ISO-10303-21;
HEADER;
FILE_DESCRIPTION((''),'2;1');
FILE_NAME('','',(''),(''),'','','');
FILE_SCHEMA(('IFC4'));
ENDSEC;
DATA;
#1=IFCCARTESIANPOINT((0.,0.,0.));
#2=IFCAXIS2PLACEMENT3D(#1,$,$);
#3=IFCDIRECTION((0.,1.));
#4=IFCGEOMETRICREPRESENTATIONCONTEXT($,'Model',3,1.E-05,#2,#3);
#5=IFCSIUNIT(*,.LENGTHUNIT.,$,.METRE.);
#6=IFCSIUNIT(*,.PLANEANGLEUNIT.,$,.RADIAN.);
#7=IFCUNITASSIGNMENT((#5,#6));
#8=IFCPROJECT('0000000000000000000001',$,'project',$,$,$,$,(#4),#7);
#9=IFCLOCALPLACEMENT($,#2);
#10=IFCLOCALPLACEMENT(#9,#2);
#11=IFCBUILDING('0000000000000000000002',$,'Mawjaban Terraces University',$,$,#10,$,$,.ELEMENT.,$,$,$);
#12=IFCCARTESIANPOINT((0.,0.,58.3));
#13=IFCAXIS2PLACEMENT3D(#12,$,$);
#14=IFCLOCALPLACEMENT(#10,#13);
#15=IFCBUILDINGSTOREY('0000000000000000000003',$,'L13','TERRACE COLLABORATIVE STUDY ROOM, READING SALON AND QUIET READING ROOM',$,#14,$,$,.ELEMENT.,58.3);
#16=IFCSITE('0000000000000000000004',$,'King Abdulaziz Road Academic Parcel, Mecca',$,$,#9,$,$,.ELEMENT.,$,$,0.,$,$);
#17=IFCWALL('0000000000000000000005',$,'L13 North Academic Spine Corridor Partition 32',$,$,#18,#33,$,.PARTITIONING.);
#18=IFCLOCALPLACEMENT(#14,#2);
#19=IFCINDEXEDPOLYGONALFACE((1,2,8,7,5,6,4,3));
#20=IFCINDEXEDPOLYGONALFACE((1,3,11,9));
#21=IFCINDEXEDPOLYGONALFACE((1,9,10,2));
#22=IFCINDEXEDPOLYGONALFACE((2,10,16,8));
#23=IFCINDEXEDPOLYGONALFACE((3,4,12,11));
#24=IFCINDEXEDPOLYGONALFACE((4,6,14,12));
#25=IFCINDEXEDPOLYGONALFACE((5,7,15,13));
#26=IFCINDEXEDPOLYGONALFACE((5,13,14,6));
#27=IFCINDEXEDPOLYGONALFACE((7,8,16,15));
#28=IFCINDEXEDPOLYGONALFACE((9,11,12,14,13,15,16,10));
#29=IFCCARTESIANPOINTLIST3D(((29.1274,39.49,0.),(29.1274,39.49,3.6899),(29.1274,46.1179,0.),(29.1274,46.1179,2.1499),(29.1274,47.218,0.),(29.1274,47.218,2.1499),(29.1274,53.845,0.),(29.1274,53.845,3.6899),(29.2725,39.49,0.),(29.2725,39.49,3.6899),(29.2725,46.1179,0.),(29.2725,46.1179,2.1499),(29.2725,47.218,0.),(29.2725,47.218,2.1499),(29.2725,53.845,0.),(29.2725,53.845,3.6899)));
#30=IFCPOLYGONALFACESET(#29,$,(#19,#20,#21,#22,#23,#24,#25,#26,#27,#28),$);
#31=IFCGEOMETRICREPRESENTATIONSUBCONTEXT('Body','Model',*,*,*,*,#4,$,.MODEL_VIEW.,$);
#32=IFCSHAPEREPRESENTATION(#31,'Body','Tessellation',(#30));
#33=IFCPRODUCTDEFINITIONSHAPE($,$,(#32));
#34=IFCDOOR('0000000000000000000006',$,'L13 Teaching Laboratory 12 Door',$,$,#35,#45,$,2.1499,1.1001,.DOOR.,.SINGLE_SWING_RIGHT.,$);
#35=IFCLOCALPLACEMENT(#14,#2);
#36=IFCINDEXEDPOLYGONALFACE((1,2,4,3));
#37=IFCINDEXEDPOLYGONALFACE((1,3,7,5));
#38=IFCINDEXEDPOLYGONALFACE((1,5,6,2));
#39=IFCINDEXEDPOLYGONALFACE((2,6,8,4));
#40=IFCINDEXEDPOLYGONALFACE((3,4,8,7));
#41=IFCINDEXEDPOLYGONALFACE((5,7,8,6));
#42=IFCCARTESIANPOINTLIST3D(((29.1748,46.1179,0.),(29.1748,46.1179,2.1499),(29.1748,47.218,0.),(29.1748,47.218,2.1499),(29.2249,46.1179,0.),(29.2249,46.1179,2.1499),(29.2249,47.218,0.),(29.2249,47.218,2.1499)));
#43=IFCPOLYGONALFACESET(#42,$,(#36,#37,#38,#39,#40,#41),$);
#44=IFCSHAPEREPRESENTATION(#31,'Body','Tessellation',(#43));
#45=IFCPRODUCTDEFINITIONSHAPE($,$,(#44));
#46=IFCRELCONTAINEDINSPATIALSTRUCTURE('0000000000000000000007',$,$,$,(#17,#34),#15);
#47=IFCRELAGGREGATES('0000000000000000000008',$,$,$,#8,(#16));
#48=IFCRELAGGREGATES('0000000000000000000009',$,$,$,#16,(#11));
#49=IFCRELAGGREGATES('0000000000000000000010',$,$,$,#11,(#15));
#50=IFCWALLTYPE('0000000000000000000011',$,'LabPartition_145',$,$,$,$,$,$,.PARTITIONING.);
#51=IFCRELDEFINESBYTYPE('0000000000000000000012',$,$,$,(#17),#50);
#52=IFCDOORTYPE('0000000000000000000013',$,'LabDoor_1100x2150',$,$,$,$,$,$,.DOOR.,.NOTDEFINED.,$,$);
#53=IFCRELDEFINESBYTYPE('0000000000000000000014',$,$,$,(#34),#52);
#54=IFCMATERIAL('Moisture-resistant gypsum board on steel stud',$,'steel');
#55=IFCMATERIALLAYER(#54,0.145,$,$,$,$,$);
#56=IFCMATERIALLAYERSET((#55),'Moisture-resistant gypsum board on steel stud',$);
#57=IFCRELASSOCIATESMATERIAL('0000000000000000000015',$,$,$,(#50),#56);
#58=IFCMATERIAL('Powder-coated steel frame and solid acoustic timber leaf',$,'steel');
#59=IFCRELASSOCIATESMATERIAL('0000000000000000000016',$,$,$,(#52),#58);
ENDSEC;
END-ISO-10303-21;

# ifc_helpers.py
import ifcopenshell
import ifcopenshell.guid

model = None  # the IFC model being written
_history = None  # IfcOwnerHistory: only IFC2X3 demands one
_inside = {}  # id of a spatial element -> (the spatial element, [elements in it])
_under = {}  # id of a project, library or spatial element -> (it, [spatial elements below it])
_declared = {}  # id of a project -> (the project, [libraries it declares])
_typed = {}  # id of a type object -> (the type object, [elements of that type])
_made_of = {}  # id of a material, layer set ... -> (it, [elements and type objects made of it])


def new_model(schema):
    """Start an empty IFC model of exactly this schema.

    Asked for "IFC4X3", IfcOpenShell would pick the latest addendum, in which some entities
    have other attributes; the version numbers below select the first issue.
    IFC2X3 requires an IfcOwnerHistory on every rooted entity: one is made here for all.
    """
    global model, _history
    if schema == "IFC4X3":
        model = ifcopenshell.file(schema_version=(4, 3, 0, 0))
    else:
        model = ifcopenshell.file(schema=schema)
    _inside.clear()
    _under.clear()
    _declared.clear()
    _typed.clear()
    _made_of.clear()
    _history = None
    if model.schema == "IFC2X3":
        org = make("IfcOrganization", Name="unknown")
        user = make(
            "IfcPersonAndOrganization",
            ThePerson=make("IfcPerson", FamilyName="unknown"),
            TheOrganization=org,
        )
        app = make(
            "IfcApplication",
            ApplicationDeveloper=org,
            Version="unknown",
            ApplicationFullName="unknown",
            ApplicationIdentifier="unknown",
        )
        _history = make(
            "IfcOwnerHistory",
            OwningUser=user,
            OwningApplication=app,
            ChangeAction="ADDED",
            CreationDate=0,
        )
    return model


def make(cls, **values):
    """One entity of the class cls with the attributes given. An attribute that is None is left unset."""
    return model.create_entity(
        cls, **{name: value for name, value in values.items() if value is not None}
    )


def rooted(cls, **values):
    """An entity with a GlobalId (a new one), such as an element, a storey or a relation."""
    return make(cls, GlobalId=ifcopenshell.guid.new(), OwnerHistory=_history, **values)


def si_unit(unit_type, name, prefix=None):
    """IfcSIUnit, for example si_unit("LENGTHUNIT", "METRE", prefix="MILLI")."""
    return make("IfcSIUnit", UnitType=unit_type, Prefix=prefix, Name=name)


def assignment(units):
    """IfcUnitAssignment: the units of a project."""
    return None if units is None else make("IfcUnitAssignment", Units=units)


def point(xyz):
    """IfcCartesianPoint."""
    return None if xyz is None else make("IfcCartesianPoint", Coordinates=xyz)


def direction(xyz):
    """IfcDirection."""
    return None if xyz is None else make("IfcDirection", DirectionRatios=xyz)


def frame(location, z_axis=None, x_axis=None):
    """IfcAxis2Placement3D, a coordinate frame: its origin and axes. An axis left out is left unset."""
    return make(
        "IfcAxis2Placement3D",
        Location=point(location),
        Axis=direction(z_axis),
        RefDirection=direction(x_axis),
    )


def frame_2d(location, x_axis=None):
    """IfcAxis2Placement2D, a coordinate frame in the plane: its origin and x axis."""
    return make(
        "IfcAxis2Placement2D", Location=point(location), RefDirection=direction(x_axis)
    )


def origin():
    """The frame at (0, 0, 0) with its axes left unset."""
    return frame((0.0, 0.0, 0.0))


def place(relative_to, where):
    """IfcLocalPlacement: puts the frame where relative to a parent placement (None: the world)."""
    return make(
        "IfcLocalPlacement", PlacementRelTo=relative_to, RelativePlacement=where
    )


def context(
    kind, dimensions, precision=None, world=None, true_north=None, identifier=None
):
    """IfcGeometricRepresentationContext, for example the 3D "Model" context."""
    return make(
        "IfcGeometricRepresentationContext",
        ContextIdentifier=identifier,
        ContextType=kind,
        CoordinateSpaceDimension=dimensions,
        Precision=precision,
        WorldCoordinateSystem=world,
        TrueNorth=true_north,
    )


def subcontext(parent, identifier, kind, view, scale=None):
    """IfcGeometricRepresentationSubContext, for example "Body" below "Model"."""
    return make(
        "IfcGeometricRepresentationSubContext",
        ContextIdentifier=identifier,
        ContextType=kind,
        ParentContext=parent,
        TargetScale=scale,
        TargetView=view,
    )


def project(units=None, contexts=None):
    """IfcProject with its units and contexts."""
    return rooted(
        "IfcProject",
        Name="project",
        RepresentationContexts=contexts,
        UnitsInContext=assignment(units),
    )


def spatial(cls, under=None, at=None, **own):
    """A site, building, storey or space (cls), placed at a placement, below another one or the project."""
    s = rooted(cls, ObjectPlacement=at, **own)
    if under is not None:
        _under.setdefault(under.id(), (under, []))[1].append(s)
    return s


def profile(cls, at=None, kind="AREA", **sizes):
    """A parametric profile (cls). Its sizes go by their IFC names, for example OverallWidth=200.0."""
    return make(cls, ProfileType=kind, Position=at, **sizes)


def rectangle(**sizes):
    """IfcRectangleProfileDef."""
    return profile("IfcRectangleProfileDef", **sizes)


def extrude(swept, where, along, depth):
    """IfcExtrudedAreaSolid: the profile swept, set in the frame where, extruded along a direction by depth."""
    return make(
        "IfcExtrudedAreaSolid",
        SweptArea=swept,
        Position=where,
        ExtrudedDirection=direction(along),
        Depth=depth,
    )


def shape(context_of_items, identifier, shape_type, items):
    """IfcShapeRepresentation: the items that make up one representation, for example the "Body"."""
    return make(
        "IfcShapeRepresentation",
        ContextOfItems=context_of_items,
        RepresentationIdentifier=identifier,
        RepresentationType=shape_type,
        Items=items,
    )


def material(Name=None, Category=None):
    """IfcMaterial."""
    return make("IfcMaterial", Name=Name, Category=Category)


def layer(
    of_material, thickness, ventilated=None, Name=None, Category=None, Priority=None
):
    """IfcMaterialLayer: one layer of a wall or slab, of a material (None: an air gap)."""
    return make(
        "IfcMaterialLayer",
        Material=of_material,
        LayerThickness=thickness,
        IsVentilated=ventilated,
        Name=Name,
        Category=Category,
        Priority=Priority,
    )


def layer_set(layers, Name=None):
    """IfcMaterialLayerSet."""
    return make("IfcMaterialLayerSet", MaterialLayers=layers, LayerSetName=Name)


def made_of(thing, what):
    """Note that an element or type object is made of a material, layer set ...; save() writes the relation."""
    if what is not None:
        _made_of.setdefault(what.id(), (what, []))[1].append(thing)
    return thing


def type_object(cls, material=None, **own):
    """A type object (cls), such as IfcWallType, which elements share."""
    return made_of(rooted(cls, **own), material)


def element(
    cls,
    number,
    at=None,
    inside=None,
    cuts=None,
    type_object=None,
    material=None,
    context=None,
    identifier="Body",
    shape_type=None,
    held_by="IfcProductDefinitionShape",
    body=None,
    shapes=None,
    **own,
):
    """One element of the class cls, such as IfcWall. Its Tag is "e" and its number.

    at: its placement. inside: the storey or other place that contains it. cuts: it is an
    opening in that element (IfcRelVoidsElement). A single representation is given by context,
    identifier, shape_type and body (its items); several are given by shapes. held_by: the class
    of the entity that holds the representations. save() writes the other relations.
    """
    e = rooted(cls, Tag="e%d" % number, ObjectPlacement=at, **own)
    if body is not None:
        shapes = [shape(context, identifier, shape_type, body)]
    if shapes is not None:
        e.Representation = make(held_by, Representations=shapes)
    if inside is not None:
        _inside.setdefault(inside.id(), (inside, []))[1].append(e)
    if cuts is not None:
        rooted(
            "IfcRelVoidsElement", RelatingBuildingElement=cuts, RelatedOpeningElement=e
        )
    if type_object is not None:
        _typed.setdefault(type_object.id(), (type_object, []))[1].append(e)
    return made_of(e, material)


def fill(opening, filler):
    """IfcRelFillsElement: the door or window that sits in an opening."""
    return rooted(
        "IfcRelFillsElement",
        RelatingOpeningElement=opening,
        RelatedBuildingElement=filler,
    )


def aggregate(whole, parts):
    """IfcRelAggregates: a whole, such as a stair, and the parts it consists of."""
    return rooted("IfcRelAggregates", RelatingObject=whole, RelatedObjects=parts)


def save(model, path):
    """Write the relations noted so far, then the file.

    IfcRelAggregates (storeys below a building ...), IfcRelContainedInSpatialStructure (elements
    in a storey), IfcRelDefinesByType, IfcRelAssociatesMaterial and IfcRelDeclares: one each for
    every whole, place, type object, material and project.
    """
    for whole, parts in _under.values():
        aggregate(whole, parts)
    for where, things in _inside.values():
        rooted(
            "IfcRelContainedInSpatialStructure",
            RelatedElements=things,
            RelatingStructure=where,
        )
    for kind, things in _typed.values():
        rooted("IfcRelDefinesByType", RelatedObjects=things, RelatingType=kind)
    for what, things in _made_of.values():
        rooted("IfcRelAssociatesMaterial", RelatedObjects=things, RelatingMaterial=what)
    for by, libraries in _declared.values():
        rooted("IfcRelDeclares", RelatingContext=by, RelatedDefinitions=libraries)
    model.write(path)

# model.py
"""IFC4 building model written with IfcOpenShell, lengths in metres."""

from ifc_helpers import new_model, si_unit, direction, frame, frame_2d, origin, place, context, subcontext, project, spatial, rectangle, extrude, material, layer, layer_set, type_object, element, fill, save


model = new_model("IFC4")

# Units and contexts
model_context = context("Model", 3, precision=1e-05, world=origin(), true_north=direction((0.0, 1.0)))
body_context = subcontext(model_context, "Body", "Model", "MODEL_VIEW")
ifc_project = project(units=[si_unit("LENGTHUNIT", "METRE"), si_unit("PLANEANGLEUNIT", "RADIAN")], contexts=[model_context])

# Site, building, storey
site_placement = place(None, origin())
site = spatial("IfcSite", under=ifc_project, at=site_placement, Name="King Abdulaziz Road Academic Parcel, Mecca", CompositionType="ELEMENT", RefElevation=0.0)
building_placement = place(site_placement, origin())
building = spatial("IfcBuilding", under=site, at=building_placement, Name="Mawjaban Terraces University", CompositionType="ELEMENT")
storey_placement = place(building_placement, frame((0.0, 0.0, 58.3)))
storey = spatial("IfcBuildingStorey", under=building, at=storey_placement, Name="L13", Description="TERRACE COLLABORATIVE STUDY ROOM, READING SALON AND QUIET READING ROOM", CompositionType="ELEMENT", Elevation=58.3)

# Wall, opening, door
ifc_material_1 = material(Name="Moisture-resistant gypsum board on steel stud", Category="steel")
ifc_layer_1 = layer(ifc_material_1, 0.145)
ifc_layer_set_1 = layer_set([ifc_layer_1], Name="Moisture-resistant gypsum board on steel stud")
wall_type_1 = type_object("IfcWallType", Name="LabPartition_145", PredefinedType="PARTITIONING", material=ifc_layer_set_1)
wall_1_placement = place(storey_placement, frame((29.2, 53.845, 0.0), z_axis=(0.0, 0.0, 1.0), x_axis=(0.0, -1.0, 0.0)))
wall_1 = element("IfcWall", 1, at=wall_1_placement, inside=storey, type_object=wall_type_1, Name="L13 North Academic Spine Corridor Partition 32", PredefinedType="PARTITIONING", context=body_context, shape_type="SweptSolid", body=[
    extrude(rectangle(XDim=14.355, YDim=0.145, at=frame_2d((7.1775, 0.0))), origin(), (0.0, 0.0, 1.0), 3.6899),
])
opening_1_placement = place(wall_1_placement, frame((6.627, 0.0, 0.0)))
opening_1 = element("IfcOpeningElement", 2, at=opening_1_placement, cuts=wall_1, PredefinedType="OPENING", context=body_context, shape_type="SweptSolid", body=[
    extrude(rectangle(XDim=1.1001, YDim=2.1499, at=frame_2d((0.55, 1.075))), frame((0.0, 0.0825, 0.0), z_axis=(0.0, -1.0, 0.0), x_axis=(1.0, 0.0, 0.0)), (0.0, 0.0, 1.0), 0.165),
])
ifc_material_2 = material(Name="Powder-coated steel frame and solid acoustic timber leaf", Category="steel")
door_type_1 = type_object("IfcDoorType", Name="LabDoor_1100x2150", OperationType="NOTDEFINED", PredefinedType="DOOR", material=ifc_material_2)
door_1_placement = place(opening_1_placement, origin())
door_1 = element("IfcDoor", 3, at=door_1_placement, inside=storey, type_object=door_type_1, Name="L13 Teaching Laboratory 12 Door", OperationType="SINGLE_SWING_RIGHT", OverallHeight=2.1499, OverallWidth=1.1001, PredefinedType="DOOR", context=body_context, shape_type="SweptSolid", body=[
    extrude(rectangle(XDim=1.1001, YDim=2.1499, at=frame_2d((0.55, 1.075))), frame((0.0, 0.0249, 0.0), z_axis=(0.0, -1.0, 0.0), x_axis=(1.0, 0.0, 0.0)), (0.0, 0.0, 1.0), 0.05),
])
fill(opening_1, door_1)

save(model, "model.ifc")
